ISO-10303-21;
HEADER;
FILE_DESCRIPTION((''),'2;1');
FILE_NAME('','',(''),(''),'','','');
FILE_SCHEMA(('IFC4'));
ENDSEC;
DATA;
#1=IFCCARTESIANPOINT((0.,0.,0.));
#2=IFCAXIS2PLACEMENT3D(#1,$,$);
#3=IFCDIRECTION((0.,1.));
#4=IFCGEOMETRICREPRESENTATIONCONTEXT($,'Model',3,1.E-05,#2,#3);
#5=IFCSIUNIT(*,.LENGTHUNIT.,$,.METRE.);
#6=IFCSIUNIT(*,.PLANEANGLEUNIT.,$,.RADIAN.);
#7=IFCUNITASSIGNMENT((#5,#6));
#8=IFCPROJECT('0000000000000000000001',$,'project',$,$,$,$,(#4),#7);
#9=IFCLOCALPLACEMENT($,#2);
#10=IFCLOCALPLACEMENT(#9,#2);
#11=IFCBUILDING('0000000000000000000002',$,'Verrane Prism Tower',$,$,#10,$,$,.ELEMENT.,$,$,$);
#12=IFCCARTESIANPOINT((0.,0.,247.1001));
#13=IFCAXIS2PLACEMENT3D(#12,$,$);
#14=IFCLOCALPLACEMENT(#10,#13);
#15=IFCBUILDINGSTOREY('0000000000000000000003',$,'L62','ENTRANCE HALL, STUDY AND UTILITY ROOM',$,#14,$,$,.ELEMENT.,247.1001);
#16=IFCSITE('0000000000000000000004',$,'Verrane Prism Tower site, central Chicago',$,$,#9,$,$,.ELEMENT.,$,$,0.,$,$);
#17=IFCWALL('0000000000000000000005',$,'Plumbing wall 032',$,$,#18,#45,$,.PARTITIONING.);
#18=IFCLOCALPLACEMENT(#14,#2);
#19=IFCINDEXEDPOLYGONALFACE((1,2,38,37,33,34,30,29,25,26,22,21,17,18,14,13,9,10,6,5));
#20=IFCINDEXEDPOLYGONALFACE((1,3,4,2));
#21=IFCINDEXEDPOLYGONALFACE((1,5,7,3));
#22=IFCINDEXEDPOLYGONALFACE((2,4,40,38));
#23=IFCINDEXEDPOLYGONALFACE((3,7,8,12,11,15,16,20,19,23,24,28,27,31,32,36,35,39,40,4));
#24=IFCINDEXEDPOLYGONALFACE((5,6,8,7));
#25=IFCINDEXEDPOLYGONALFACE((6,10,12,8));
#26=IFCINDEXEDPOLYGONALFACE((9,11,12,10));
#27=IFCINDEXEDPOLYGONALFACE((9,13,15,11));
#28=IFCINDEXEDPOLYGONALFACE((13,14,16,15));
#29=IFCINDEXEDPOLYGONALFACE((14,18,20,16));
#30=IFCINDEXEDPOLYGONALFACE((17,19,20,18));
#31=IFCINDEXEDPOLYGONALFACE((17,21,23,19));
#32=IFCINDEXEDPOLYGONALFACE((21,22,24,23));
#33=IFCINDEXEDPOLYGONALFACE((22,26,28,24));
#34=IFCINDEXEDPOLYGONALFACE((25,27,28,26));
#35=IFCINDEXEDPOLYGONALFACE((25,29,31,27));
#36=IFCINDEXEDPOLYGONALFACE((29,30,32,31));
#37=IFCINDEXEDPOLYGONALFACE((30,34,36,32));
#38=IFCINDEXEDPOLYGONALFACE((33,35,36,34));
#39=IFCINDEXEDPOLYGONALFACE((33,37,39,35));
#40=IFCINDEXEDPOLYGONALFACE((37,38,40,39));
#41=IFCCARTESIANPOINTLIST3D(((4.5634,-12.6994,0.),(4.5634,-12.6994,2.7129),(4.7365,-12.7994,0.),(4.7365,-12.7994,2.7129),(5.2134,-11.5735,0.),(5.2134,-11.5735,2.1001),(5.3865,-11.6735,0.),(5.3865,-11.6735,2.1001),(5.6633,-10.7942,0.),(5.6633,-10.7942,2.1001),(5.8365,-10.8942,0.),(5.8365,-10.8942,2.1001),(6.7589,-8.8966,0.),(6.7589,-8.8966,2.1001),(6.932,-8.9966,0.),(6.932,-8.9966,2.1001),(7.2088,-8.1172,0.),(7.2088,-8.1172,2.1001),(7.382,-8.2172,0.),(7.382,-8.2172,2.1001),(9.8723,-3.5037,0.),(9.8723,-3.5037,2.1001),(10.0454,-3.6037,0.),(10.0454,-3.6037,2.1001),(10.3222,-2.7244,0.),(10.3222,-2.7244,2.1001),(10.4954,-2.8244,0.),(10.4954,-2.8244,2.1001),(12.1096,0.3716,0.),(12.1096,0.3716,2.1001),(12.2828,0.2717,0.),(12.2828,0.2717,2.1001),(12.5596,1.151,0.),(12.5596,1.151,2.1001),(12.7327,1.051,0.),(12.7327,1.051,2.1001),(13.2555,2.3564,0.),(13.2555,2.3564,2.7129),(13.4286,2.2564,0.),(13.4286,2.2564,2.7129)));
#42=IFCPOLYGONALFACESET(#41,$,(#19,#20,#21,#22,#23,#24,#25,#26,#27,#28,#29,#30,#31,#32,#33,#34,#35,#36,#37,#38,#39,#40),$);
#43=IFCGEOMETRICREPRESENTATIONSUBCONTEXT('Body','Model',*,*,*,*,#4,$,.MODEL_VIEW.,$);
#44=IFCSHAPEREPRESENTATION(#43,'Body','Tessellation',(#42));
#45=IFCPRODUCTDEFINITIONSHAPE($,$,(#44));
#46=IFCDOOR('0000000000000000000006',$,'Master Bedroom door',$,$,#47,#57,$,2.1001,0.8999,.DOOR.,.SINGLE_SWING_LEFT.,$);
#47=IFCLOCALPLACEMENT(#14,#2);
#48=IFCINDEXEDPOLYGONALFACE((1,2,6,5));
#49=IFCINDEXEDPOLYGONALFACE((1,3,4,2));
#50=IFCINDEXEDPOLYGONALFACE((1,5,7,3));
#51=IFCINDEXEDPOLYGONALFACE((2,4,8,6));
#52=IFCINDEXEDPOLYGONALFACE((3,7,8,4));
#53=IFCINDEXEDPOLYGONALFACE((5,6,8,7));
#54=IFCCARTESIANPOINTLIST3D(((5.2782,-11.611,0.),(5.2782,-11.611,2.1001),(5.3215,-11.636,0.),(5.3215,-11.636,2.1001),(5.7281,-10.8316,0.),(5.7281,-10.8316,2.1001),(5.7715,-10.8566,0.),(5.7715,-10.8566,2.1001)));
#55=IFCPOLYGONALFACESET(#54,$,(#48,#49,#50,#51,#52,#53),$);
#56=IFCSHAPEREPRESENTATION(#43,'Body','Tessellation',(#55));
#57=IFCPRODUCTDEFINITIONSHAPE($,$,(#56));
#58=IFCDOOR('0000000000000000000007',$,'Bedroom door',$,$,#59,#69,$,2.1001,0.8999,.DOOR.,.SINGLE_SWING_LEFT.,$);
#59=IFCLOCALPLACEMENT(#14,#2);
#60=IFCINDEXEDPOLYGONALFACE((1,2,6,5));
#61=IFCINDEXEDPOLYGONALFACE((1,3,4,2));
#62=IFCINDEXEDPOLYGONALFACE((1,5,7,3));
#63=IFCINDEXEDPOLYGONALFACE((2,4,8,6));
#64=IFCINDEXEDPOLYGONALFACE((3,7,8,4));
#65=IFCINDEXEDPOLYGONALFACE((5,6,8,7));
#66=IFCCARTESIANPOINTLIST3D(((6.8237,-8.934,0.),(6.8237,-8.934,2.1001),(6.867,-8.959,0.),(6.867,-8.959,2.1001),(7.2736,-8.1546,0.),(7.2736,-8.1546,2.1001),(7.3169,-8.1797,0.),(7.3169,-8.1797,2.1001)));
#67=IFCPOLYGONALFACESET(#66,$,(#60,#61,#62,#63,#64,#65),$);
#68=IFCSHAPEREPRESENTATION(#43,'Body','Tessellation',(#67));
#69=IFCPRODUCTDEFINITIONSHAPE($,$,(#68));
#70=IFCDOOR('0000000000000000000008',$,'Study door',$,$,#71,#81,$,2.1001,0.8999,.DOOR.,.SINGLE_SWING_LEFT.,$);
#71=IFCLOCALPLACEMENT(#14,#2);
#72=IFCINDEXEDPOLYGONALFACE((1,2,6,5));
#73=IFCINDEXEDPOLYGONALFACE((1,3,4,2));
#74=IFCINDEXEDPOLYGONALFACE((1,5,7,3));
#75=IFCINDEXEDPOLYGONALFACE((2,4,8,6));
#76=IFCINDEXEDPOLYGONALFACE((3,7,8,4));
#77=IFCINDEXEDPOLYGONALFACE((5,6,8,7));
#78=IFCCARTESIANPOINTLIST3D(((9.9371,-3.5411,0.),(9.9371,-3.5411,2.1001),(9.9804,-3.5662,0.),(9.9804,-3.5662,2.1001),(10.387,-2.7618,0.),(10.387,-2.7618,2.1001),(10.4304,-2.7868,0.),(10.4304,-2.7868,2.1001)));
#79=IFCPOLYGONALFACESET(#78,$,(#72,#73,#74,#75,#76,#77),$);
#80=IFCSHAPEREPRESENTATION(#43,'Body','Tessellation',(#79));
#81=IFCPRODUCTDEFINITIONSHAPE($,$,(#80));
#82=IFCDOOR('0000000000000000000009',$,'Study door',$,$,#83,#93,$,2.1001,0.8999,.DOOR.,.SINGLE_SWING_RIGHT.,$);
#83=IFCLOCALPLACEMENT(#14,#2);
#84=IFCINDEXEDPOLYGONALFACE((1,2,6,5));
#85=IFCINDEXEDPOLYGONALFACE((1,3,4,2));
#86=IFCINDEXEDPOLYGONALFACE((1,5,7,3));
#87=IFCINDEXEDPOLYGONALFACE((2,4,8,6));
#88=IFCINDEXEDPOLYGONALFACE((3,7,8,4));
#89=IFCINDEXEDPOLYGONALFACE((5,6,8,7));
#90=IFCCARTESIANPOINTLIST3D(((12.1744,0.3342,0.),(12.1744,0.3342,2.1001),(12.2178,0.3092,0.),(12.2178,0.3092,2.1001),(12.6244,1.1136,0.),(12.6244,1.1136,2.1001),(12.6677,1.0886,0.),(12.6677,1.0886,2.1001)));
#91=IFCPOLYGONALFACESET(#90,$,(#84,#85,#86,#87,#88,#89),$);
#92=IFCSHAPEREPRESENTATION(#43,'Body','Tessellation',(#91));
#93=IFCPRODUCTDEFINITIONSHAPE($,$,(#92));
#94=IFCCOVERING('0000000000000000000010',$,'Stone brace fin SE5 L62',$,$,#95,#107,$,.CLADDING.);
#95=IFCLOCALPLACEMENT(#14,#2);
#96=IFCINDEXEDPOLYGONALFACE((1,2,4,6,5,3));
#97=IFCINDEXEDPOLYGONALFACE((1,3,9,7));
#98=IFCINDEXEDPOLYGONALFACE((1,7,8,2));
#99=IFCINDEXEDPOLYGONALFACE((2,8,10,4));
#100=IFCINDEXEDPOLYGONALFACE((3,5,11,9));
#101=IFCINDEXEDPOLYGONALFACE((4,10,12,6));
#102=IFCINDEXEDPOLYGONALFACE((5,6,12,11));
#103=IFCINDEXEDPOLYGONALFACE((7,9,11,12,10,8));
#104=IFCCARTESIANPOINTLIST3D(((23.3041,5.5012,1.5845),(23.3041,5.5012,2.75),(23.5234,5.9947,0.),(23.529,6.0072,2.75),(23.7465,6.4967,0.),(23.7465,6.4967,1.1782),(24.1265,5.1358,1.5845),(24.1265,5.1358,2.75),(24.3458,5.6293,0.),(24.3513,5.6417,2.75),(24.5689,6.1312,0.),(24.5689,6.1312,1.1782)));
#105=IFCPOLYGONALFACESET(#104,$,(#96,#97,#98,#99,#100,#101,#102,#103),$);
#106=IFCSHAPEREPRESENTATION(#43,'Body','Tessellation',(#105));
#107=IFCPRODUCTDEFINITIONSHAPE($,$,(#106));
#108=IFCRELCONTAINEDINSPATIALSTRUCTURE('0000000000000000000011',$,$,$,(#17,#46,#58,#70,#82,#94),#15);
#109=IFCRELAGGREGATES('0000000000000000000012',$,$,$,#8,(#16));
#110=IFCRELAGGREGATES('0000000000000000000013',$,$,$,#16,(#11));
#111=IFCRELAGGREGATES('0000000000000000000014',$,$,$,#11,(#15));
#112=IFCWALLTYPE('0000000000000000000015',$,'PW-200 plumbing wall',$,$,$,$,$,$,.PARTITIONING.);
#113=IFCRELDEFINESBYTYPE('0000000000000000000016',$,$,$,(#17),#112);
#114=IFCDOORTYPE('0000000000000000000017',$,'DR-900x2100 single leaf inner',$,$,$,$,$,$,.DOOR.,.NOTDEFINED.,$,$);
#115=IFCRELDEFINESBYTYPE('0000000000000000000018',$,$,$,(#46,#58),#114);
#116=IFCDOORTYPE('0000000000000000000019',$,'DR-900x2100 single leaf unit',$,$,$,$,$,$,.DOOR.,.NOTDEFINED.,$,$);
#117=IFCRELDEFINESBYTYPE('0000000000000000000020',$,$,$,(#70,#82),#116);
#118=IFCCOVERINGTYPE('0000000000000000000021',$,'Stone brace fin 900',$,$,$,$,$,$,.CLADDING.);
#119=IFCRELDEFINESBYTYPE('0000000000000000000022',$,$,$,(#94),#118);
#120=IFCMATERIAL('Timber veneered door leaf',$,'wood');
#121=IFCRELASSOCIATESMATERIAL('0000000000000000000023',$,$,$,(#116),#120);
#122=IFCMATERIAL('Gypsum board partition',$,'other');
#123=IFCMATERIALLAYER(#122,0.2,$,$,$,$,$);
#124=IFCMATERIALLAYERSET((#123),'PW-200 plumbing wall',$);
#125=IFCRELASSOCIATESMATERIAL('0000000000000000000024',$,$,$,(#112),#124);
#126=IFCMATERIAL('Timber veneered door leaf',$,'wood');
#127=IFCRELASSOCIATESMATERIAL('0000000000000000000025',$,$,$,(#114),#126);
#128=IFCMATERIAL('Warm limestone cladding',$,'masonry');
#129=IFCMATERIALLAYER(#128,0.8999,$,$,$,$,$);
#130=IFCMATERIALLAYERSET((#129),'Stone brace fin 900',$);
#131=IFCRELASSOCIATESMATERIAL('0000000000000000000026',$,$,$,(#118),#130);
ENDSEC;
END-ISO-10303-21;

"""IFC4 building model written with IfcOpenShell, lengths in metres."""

from ifc_helpers import new_model, si_unit, direction, frame, frame_2d, origin, place, context, subcontext, project, spatial, polyline, rectangle, outline, extrude, material, layer, layer_set, type_object, element, fill, save


model = new_model("IFC4")

# Units and contexts
model_context = context("Model", 3, precision=1e-05, world=origin(), true_north=direction((0.0, 1.0)))
body_context = subcontext(model_context, "Body", "Model", "MODEL_VIEW")
ifc_project = project(units=[si_unit("LENGTHUNIT", "METRE"), si_unit("PLANEANGLEUNIT", "RADIAN")], contexts=[model_context])

# Site, building, storey
site_placement = place(None, origin())
site = spatial("IfcSite", under=ifc_project, at=site_placement, Name="Verrane Prism Tower site, central Chicago", CompositionType="ELEMENT", RefElevation=0.0)
building_placement = place(site_placement, origin())
building = spatial("IfcBuilding", under=site, at=building_placement, Name="Verrane Prism Tower", CompositionType="ELEMENT")
storey_placement = place(building_placement, frame((0.0, 0.0, 247.1001)))
storey = spatial("IfcBuildingStorey", under=building, at=storey_placement, Name="L62", Description="ENTRANCE HALL, STUDY AND UTILITY ROOM", CompositionType="ELEMENT", Elevation=247.1001)

# Shared definitions
ifc_material_1 = material(Name="Timber veneered door leaf", Category="wood")
door_type_1 = type_object("IfcDoorType", Name="DR-900x2100 single leaf unit", OperationType="NOTDEFINED", PredefinedType="DOOR", material=ifc_material_1)

# Wall, openings, doors
ifc_material_2 = material(Name="Gypsum board partition", Category="other")
ifc_layer_1 = layer(ifc_material_2, 0.2)
ifc_layer_set_1 = layer_set([ifc_layer_1], Name="PW-200 plumbing wall")
wall_type_1 = type_object("IfcWallType", Name="PW-200 plumbing wall", PredefinedType="PARTITIONING", material=ifc_layer_set_1)
wall_1_placement = place(storey_placement, frame((13.342, 2.3064, 0.0), z_axis=(0.0, 0.0, 1.0), x_axis=(-0.499983, -0.866035, 0.0)))
wall_1 = element("IfcWall", 1, at=wall_1_placement, inside=storey, type_object=wall_type_1, Name="Plumbing wall 032", PredefinedType="PARTITIONING", context=body_context, shape_type="SweptSolid", body=[
    extrude(rectangle(XDim=17.3848, YDim=0.2, at=frame_2d((8.6924, 0.0))), origin(), (0.0, 0.0, 1.0), 2.7129),
])
opening_1_placement = place(wall_1_placement, frame((15.1848, 0.0, 0.0)))
opening_1 = element("IfcOpeningElement", 2, at=opening_1_placement, cuts=wall_1, PredefinedType="OPENING", context=body_context, shape_type="SweptSolid", body=[
    extrude(rectangle(XDim=0.8999, YDim=2.1001, at=frame_2d((0.45, 1.05))), frame((0.0, 0.1099, 0.0), z_axis=(0.0, -1.0, 0.0), x_axis=(1.0, 0.0, 0.0)), (0.0, 0.0, 1.0), 0.22),
])
opening_2_placement = place(wall_1_placement, frame((12.0938, 0.0, 0.0)))
opening_2 = element("IfcOpeningElement", 3, at=opening_2_placement, cuts=wall_1, PredefinedType="OPENING", context=body_context, shape_type="SweptSolid", body=[
    extrude(rectangle(XDim=0.8999, YDim=2.1001, at=frame_2d((0.45, 1.05))), frame((0.0, 0.1099, 0.0), z_axis=(0.0, -1.0, 0.0), x_axis=(1.0, 0.0, 0.0)), (0.0, 0.0, 1.0), 0.22),
])
opening_3_placement = place(wall_1_placement, frame((5.8667, 0.0, 0.0)))
opening_3 = element("IfcOpeningElement", 4, at=opening_3_placement, cuts=wall_1, PredefinedType="OPENING", context=body_context, shape_type="SweptSolid", body=[
    extrude(rectangle(XDim=0.8999, YDim=2.1001, at=frame_2d((0.45, 1.05))), frame((0.0, 0.1099, 0.0), z_axis=(0.0, -1.0, 0.0), x_axis=(1.0, 0.0, 0.0)), (0.0, 0.0, 1.0), 0.22),
])
opening_4_placement = place(wall_1_placement, frame((1.3918, 0.0, 0.0)))
opening_4 = element("IfcOpeningElement", 5, at=opening_4_placement, cuts=wall_1, PredefinedType="OPENING", context=body_context, shape_type="SweptSolid", body=[
    extrude(rectangle(XDim=0.8999, YDim=2.1001, at=frame_2d((0.45, 1.05))), frame((0.0, 0.1099, 0.0), z_axis=(0.0, -1.0, 0.0), x_axis=(1.0, 0.0, 0.0)), (0.0, 0.0, 1.0), 0.22),
])
ifc_material_3 = material(Name="Timber veneered door leaf", Category="wood")
door_type_2 = type_object("IfcDoorType", Name="DR-900x2100 single leaf inner", OperationType="NOTDEFINED", PredefinedType="DOOR", material=ifc_material_3)
door_1_placement = place(opening_1_placement, origin())
door_1 = element("IfcDoor", 6, at=door_1_placement, inside=storey, type_object=door_type_2, Name="Master Bedroom door", OperationType="SINGLE_SWING_LEFT", OverallHeight=2.1001, OverallWidth=0.8999, PredefinedType="DOOR", context=body_context, shape_type="SweptSolid", body=[
    extrude(rectangle(XDim=0.8999, YDim=2.1001, at=frame_2d((0.45, 1.05))), frame((0.0, 0.0249, 0.0), z_axis=(0.0, -1.0, 0.0), x_axis=(1.0, 0.0, 0.0)), (0.0, 0.0, 1.0), 0.05),
])
fill(opening_1, door_1)
door_2_placement = place(opening_2_placement, origin())
door_2 = element("IfcDoor", 7, at=door_2_placement, inside=storey, type_object=door_type_2, Name="Bedroom door", OperationType="SINGLE_SWING_LEFT", OverallHeight=2.1001, OverallWidth=0.8999, PredefinedType="DOOR", context=body_context, shape_type="SweptSolid", body=[
    extrude(rectangle(XDim=0.8999, YDim=2.1001, at=frame_2d((0.45, 1.05))), frame((0.0, 0.0249, 0.0), z_axis=(0.0, -1.0, 0.0), x_axis=(1.0, 0.0, 0.0)), (0.0, 0.0, 1.0), 0.05),
])
fill(opening_2, door_2)
door_3_placement = place(opening_3_placement, origin())
door_3 = element("IfcDoor", 8, at=door_3_placement, inside=storey, type_object=door_type_1, Name="Study door", OperationType="SINGLE_SWING_LEFT", OverallHeight=2.1001, OverallWidth=0.8999, PredefinedType="DOOR", context=body_context, shape_type="SweptSolid", body=[
    extrude(rectangle(XDim=0.8999, YDim=2.1001, at=frame_2d((0.45, 1.05))), frame((0.0, 0.0249, 0.0), z_axis=(0.0, -1.0, 0.0), x_axis=(1.0, 0.0, 0.0)), (0.0, 0.0, 1.0), 0.05),
])
fill(opening_3, door_3)
door_4_placement = place(opening_4_placement, origin())
door_4 = element("IfcDoor", 9, at=door_4_placement, inside=storey, type_object=door_type_1, Name="Study door", OperationType="SINGLE_SWING_RIGHT", OverallHeight=2.1001, OverallWidth=0.8999, PredefinedType="DOOR", context=body_context, shape_type="SweptSolid", body=[
    extrude(rectangle(XDim=0.8999, YDim=2.1001, at=frame_2d((0.45, 1.05))), frame((0.0, 0.0249, 0.0), z_axis=(0.0, -1.0, 0.0), x_axis=(1.0, 0.0, 0.0)), (0.0, 0.0, 1.0), 0.05),
])
fill(opening_4, door_4)

# Covering
ifc_material_4 = material(Name="Warm limestone cladding", Category="masonry")
ifc_layer_2 = layer(ifc_material_4, 0.8999)
ifc_layer_set_2 = layer_set([ifc_layer_2], Name="Stone brace fin 900")
covering_type = type_object("IfcCoveringType", Name="Stone brace fin 900", PredefinedType="CLADDING", material=ifc_layer_set_2)
covering_placement = place(storey_placement, frame((24.1577, 6.314, 0.0), z_axis=(0.0, 0.0, 1.0), x_axis=(-0.406138, -0.913812, 0.0)))
element("IfcCovering", 10, at=covering_placement, inside=storey, type_object=covering_type, Name="Stone brace fin SE5 L62", PredefinedType="CLADDING", context=body_context, shape_type="SweptSolid", body=[
    extrude(outline(polyline([(1.0894, 2.75), (0.5356, 2.75), (0.0, 1.1782), (0.0, 0.0), (0.5493, 0.0), (1.0894, 1.5845), (1.0894, 2.75)])), frame((0.0, 0.45, 0.0), z_axis=(0.0, -1.0, 0.0), x_axis=(1.0, 0.0, 0.0)), (0.0, 0.0, 1.0), 0.8999),
])

save(model, "model.ifc")
